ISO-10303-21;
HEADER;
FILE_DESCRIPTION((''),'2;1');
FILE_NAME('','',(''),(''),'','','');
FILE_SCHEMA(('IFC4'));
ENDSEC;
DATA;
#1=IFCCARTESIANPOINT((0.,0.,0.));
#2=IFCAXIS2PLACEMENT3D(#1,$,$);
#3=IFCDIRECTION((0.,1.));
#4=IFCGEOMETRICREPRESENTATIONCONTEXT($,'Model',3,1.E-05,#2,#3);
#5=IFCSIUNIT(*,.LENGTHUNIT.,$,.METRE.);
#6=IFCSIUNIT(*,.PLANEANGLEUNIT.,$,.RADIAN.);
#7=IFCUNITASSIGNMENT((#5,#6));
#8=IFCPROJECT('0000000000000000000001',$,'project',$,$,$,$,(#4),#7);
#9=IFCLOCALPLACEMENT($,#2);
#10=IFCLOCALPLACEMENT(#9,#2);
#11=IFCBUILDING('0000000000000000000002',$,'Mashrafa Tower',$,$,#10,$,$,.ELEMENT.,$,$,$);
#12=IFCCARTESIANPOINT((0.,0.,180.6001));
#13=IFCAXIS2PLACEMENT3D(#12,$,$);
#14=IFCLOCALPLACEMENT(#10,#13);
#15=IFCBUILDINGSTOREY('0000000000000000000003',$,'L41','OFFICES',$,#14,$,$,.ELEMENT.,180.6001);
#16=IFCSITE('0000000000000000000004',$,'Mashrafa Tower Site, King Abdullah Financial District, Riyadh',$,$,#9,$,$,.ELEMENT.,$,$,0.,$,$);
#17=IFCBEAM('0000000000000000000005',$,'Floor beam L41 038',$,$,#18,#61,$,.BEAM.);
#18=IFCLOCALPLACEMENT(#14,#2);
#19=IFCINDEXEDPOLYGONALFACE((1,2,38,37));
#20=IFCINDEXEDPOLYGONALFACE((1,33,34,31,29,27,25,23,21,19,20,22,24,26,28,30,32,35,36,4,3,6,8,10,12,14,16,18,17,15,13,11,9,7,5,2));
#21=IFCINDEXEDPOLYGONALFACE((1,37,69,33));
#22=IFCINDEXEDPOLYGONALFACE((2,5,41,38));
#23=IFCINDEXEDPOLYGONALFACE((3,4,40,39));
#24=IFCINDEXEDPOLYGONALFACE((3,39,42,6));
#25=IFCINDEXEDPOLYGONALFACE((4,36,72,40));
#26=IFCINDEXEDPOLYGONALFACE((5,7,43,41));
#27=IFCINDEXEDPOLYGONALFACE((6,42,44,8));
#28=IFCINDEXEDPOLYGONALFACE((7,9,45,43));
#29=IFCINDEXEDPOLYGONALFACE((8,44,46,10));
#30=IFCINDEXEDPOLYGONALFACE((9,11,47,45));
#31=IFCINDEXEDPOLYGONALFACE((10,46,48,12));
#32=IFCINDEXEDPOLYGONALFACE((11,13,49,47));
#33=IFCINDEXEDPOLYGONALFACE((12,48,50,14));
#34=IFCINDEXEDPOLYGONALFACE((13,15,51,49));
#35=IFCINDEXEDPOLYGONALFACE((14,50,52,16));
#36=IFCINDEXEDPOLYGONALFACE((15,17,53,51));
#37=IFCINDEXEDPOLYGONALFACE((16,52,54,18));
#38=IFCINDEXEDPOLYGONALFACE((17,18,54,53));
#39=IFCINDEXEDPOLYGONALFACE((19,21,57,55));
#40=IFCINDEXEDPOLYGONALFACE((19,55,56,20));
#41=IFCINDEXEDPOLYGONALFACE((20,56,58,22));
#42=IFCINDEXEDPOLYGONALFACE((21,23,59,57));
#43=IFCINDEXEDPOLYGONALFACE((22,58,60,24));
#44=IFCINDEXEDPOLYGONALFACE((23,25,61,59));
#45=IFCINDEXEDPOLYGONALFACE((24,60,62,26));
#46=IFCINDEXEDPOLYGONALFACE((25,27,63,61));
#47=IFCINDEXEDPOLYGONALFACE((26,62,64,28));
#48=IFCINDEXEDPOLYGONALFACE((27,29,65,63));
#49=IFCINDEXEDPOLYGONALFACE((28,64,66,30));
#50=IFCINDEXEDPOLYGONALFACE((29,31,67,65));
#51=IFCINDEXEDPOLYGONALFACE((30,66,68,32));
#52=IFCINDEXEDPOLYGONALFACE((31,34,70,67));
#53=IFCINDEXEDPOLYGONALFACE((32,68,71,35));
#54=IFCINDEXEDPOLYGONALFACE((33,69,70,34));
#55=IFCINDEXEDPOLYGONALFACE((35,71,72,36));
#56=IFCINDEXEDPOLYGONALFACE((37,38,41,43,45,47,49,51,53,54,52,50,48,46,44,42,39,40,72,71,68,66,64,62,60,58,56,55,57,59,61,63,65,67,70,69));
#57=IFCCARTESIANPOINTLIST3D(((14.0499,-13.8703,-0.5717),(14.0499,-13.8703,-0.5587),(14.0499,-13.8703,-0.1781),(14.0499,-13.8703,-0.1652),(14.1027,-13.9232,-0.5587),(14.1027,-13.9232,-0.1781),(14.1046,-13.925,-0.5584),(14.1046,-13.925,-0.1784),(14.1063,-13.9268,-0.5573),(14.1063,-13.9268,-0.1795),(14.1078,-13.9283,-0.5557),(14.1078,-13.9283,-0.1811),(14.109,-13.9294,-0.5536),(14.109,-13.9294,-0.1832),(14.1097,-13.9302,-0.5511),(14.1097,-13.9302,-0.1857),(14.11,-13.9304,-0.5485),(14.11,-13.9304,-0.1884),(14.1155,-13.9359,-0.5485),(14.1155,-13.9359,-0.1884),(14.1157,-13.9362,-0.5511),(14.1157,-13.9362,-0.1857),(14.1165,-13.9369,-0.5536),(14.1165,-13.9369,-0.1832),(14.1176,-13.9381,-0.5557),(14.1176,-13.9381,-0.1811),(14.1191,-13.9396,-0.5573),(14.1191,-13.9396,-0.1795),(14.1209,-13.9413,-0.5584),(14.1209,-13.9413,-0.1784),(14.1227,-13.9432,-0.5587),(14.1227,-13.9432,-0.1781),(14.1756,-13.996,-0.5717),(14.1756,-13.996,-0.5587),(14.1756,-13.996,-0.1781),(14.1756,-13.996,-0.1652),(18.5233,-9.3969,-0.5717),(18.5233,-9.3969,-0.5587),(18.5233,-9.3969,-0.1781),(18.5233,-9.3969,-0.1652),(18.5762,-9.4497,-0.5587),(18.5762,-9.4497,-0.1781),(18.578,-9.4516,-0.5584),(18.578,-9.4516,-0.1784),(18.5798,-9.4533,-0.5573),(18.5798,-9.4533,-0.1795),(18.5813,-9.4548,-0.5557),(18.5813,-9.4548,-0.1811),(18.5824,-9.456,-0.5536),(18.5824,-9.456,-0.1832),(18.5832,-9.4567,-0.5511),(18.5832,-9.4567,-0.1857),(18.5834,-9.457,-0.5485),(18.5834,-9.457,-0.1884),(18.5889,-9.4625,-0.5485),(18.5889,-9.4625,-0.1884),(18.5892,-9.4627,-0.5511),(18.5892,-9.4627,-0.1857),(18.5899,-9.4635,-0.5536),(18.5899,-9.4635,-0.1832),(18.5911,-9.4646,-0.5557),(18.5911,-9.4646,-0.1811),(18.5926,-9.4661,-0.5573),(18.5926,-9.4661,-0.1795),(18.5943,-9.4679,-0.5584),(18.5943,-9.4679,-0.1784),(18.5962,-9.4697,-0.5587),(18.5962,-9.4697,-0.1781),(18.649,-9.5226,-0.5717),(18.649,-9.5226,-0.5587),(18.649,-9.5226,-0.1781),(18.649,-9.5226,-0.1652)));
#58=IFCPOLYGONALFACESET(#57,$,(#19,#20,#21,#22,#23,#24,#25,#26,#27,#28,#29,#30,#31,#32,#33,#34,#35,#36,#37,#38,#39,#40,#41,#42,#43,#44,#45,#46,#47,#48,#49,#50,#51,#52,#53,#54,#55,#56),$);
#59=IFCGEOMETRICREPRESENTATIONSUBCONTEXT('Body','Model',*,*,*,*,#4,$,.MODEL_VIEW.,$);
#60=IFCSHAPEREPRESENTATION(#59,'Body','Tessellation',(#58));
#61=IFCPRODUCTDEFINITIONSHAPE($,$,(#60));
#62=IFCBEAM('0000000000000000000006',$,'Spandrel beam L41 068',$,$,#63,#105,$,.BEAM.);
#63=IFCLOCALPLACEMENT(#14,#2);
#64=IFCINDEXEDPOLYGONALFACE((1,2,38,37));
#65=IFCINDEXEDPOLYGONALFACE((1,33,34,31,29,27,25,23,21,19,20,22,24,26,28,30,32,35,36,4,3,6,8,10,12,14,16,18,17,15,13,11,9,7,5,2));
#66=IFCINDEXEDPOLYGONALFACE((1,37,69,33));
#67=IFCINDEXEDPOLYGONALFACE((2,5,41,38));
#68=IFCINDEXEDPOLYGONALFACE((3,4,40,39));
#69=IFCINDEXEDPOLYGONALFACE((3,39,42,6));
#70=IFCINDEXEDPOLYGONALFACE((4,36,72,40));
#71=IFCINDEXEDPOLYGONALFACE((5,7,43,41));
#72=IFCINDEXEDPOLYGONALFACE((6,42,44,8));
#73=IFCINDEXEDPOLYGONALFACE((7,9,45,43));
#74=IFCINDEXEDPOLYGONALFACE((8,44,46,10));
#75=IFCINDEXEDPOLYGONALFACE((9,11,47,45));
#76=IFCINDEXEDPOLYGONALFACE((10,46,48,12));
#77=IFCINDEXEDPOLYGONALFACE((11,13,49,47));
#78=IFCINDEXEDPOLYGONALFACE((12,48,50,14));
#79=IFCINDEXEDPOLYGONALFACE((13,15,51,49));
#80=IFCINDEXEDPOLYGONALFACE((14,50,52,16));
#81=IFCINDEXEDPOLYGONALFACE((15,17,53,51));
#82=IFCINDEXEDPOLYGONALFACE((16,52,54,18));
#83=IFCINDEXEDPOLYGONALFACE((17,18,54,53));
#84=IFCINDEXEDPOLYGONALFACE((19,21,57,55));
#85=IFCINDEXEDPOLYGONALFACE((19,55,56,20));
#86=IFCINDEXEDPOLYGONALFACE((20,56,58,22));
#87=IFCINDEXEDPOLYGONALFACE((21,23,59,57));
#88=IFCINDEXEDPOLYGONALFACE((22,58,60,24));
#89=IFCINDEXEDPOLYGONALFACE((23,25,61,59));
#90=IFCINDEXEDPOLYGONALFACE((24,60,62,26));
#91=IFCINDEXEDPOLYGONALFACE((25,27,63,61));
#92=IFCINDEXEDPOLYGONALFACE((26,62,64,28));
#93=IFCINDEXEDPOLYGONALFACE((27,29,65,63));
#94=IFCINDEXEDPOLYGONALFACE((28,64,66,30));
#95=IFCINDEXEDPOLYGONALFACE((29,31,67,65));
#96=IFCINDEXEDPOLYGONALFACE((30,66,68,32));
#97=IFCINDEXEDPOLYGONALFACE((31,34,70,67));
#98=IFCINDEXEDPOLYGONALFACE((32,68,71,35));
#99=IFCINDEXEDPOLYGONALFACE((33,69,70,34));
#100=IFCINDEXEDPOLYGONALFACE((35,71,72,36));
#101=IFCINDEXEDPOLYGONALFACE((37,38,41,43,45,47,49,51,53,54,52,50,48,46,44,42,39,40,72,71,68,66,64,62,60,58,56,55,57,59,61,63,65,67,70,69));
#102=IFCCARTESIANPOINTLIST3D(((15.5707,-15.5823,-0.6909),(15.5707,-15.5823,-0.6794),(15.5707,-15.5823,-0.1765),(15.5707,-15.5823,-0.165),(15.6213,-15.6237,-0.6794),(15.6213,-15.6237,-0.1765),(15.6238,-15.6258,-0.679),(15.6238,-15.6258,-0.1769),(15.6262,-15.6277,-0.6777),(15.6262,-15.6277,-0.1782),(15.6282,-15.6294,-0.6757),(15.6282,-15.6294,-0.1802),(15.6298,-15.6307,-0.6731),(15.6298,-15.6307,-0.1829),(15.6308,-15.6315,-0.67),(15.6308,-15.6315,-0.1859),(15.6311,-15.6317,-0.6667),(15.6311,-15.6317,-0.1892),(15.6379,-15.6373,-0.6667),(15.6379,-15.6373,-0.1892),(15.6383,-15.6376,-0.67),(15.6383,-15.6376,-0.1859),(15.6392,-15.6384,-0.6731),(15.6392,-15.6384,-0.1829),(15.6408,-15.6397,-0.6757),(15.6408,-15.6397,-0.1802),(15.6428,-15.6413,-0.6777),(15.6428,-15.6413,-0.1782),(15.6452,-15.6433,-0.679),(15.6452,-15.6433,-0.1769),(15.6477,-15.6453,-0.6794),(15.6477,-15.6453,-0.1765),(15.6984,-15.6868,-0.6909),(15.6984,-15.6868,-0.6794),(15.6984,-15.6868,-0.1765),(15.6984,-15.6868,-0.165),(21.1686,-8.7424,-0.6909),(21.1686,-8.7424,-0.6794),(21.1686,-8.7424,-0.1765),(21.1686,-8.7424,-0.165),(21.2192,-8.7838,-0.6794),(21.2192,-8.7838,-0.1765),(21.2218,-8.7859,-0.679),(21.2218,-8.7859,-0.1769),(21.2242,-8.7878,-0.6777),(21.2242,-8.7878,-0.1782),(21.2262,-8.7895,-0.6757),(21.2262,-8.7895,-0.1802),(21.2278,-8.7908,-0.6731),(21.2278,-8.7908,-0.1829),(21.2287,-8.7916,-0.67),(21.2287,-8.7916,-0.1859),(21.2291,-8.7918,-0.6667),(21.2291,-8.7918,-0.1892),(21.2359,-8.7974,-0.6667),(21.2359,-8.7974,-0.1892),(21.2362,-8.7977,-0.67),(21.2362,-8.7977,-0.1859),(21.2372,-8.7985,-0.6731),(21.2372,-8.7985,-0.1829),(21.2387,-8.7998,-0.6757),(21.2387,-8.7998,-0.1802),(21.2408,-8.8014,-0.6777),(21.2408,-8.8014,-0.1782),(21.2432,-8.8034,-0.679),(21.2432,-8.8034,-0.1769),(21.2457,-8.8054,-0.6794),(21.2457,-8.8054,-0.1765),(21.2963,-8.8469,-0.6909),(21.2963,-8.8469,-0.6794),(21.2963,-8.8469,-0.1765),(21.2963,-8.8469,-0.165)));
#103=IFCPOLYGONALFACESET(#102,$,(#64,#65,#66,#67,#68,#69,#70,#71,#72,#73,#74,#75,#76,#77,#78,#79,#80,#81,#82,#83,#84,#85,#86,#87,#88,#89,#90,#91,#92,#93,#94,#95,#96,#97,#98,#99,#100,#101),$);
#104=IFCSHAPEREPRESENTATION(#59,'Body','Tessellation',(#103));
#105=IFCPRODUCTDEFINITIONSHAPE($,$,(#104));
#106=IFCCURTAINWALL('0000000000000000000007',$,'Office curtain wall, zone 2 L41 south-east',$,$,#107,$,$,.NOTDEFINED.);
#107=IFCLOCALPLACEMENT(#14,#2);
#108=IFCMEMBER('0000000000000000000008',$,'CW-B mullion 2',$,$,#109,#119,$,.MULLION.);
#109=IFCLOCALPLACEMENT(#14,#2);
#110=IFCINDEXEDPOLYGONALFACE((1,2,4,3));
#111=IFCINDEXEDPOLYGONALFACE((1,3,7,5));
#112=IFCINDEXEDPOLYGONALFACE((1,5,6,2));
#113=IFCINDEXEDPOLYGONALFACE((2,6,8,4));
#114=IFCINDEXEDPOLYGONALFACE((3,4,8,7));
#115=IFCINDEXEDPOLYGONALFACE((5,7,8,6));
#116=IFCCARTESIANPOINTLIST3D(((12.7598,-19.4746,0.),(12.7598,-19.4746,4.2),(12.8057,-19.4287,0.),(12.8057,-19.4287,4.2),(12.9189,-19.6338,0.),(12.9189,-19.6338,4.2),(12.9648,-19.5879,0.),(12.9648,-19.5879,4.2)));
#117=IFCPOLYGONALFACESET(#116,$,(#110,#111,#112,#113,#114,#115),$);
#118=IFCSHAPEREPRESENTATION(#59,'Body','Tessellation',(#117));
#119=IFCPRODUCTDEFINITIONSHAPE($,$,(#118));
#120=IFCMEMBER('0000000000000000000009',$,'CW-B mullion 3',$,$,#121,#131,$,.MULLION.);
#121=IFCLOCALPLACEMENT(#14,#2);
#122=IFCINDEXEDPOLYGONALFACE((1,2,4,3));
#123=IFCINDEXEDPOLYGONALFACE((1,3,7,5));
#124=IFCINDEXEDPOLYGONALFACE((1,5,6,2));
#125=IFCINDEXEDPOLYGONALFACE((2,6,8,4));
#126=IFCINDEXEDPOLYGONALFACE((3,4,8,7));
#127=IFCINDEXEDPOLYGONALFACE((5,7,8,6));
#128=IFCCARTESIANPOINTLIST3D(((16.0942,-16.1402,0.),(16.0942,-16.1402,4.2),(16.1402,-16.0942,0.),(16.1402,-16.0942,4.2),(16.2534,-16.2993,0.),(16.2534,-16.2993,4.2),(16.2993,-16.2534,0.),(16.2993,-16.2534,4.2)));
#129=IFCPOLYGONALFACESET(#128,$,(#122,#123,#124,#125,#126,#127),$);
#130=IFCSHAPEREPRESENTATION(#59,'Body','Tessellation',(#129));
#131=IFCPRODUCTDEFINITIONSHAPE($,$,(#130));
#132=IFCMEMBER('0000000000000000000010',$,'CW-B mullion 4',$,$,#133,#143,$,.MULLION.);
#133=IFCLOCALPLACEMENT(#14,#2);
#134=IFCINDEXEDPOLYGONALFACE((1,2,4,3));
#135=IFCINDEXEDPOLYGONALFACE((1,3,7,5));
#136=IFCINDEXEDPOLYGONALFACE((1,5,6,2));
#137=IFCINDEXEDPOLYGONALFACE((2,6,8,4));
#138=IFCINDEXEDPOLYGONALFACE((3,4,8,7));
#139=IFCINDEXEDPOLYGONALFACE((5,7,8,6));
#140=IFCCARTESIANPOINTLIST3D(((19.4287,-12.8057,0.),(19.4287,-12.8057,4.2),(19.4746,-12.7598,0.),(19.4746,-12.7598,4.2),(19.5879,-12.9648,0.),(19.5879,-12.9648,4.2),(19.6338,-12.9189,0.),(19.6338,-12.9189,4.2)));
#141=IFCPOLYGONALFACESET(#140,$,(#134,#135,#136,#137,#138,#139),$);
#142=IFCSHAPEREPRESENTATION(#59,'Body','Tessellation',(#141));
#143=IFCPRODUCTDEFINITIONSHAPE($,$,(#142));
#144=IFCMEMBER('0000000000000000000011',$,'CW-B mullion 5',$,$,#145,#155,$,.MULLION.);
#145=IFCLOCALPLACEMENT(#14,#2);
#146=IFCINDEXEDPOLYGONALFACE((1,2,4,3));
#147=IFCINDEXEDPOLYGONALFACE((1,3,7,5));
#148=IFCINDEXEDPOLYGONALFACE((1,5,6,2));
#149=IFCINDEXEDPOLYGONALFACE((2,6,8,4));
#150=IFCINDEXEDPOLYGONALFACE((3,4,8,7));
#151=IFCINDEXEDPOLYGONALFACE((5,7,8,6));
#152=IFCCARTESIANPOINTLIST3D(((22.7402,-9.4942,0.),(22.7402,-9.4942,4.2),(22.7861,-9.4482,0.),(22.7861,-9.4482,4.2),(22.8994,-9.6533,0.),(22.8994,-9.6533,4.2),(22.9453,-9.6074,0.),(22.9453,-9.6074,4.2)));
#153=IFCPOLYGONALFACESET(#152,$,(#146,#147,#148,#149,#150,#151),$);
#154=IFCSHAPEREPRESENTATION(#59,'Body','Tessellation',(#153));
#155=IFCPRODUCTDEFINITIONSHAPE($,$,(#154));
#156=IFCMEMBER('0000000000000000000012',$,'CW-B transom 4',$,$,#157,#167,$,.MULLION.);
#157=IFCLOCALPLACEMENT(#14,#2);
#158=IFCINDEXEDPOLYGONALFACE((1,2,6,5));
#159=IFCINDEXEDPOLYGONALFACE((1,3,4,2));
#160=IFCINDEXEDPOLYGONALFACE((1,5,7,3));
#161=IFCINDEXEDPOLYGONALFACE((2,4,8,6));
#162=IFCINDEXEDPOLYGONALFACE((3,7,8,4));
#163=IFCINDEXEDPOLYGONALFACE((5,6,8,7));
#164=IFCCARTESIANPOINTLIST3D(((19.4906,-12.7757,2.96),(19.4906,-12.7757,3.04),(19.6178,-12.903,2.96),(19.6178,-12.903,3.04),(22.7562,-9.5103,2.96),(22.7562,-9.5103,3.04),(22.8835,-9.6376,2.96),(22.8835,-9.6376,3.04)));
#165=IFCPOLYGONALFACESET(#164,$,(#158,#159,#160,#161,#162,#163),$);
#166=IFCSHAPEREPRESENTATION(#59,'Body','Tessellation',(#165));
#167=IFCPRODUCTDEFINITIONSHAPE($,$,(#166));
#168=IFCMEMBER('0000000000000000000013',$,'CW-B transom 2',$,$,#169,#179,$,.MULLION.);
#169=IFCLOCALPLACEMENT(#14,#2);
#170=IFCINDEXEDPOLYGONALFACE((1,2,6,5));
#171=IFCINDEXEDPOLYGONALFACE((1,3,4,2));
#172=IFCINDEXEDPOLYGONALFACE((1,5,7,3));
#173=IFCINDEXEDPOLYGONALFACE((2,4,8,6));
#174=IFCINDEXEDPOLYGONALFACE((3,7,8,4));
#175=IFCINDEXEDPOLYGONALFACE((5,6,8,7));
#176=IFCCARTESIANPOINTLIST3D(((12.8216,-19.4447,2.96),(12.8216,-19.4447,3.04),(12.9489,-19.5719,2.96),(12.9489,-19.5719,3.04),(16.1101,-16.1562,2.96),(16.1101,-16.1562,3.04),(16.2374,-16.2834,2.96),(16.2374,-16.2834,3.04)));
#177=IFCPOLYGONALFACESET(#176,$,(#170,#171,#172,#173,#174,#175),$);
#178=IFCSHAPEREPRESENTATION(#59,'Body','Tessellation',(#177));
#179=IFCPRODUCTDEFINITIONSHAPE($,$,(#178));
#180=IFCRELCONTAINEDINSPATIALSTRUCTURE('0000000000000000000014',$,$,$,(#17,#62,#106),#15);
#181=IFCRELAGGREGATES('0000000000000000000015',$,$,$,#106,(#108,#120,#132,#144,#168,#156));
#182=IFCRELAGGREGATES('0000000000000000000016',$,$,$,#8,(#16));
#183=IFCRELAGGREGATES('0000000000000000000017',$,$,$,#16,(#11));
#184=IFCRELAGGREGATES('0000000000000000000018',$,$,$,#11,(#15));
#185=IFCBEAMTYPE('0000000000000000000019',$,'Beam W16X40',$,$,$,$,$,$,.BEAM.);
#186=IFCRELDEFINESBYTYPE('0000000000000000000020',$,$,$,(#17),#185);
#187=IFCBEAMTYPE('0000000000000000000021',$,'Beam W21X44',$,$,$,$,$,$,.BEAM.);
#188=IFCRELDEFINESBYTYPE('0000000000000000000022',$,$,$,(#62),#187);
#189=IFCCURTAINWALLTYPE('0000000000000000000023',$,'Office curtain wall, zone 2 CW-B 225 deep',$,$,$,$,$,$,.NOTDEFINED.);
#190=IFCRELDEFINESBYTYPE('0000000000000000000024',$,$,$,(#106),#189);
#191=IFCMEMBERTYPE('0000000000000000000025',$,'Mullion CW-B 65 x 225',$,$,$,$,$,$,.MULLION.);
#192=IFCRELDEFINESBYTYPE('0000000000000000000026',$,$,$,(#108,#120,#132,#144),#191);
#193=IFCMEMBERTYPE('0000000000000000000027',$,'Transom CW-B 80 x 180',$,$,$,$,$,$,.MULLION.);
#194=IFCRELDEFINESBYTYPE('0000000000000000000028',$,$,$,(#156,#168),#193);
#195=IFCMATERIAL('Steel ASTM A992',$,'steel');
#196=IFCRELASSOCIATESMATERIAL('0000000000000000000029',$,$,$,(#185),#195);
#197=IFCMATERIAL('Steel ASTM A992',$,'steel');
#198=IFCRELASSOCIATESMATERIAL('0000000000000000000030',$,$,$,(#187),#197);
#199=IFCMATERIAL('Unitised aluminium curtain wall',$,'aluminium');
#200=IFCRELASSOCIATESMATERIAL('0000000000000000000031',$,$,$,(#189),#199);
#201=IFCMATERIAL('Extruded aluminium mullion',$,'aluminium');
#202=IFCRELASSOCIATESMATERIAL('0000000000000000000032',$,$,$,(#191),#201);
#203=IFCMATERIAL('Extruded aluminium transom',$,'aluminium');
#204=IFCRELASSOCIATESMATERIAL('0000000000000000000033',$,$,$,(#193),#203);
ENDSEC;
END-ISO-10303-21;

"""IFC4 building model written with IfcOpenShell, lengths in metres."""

from ifc_helpers import new_model, si_unit, direction, frame, origin, origin_2d, place, context, subcontext, project, spatial, rectangle, i_section, extrude, source, transform, mapped, material, material_profile, profile_set, type_object, type_shapes, element, aggregate, save


model = new_model("IFC4")

# Units and contexts
model_context = context("Model", 3, precision=1e-05, world=origin(), true_north=direction((0.0, 1.0)))
body_context = subcontext(model_context, "Body", "Model", "MODEL_VIEW")
ifc_project = project(units=[si_unit("LENGTHUNIT", "METRE"), si_unit("PLANEANGLEUNIT", "RADIAN")], contexts=[model_context])

# Site, building, storey
site_placement = place(None, origin())
site = spatial("IfcSite", under=ifc_project, at=site_placement, Name="Mashrafa Tower Site, King Abdullah Financial District, Riyadh", CompositionType="ELEMENT", RefElevation=0.0)
building_placement = place(site_placement, origin())
building = spatial("IfcBuilding", under=site, at=building_placement, Name="Mashrafa Tower", CompositionType="ELEMENT")
storey_placement = place(building_placement, frame((0.0, 0.0, 180.6001)))
storey = spatial("IfcBuildingStorey", under=building, at=storey_placement, Name="L41", Description="OFFICES", CompositionType="ELEMENT", Elevation=180.6001)

# Beams
ifc_material_1 = material(Name="Steel ASTM A992", Category="steel")
ifc_material_profile_1 = material_profile(ifc_material_1, i_section(OverallWidth=0.1777, OverallDepth=0.4065, WebThickness=0.0078, FlangeThickness=0.0129, FilletRadius=0.0103, at=origin_2d()), Name="W16X40")
ifc_profile_set_1 = profile_set([ifc_material_profile_1], Name="Steel ASTM A992")
beam_type_1 = type_object("IfcBeamType", Name="Beam W16X40", PredefinedType="BEAM", material=ifc_profile_set_1)
for number, where, z_axis, x_axis, name in (
    (1, (18.5862, -9.4597, -0.3684), (-0.707107, -0.707107, 0.0), (0.707107, -0.707107, 0.0), "Floor beam L41 038"),
):
    element("IfcBeam", number, at=place(storey_placement, frame(where, z_axis=z_axis, x_axis=x_axis)), inside=storey, type_object=beam_type_1, Name=name, PredefinedType="BEAM", context=body_context, shape_type="SweptSolid", body=[
        extrude(i_section(OverallWidth=0.1777, OverallDepth=0.4065, WebThickness=0.0078, FlangeThickness=0.0129, FilletRadius=0.0103, at=origin_2d()), origin(), (0.0, 0.0, 1.0), 6.3264),
    ])
ifc_material_2 = material(Name="Steel ASTM A992", Category="steel")
ifc_material_profile_2 = material_profile(ifc_material_2, i_section(OverallWidth=0.165, OverallDepth=0.5259, WebThickness=0.0088, FlangeThickness=0.0115, FilletRadius=0.0127, at=origin_2d()), Name="W21X44")
ifc_profile_set_2 = profile_set([ifc_material_profile_2], Name="Steel ASTM A992")
beam_type_2 = type_object("IfcBeamType", Name="Beam W21X44", PredefinedType="BEAM", material=ifc_profile_set_2)
beam_placement = place(storey_placement, frame((15.6345, -15.6345, -0.428), z_axis=(0.633351, 0.773865, 0.0), x_axis=(-0.773865, 0.633351, 0.0)))
element("IfcBeam", 2, at=beam_placement, inside=storey, type_object=beam_type_2, Name="Spandrel beam L41 068", PredefinedType="BEAM", context=body_context, shape_type="SweptSolid", body=[
    extrude(i_section(OverallWidth=0.165, OverallDepth=0.5259, WebThickness=0.0088, FlangeThickness=0.0115, FilletRadius=0.0127, at=origin_2d()), origin(), (0.0, 0.0, 1.0), 8.8386),
])

# Curtain wall, members
ifc_material_3 = material(Name="Unitised aluminium curtain wall", Category="aluminium")
curtain_wall_type = type_object("IfcCurtainWallType", Name="Office curtain wall, zone 2 CW-B 225 deep", PredefinedType="NOTDEFINED", material=ifc_material_3)
curtain_wall_placement = place(storey_placement, origin())
curtain_wall = element("IfcCurtainWall", 3, at=curtain_wall_placement, inside=storey, type_object=curtain_wall_type, Name="Office curtain wall, zone 2 L41 south-east", PredefinedType="NOTDEFINED")
ifc_material_4 = material(Name="Extruded aluminium mullion", Category="aluminium")
ifc_material_profile_3 = material_profile(ifc_material_4, rectangle(XDim=0.2251, YDim=0.0649, at=origin_2d()), Name="Mullion 65x225")
ifc_profile_set_3 = profile_set([ifc_material_profile_3], Name="Extruded aluminium mullion")
member_type_1 = type_object("IfcMemberType", Name="Mullion CW-B 65 x 225", PredefinedType="MULLION", material=ifc_profile_set_3)
shared_shape_1 = source(origin(), body_context, "Body", "SweptSolid", [
    extrude(rectangle(XDim=0.2251, YDim=0.0649, at=origin_2d()), origin(), (0.0, 0.0, 1.0), 4.2),
])
type_shapes(member_type_1, [shared_shape_1])
member_1_placement = place(storey_placement, frame((12.8623, -19.5312, 0.0), z_axis=(0.0, 0.0, 1.0), x_axis=(-0.707107, 0.707107, 0.0)))
member_1 = element("IfcMember", 4, at=member_1_placement, type_object=member_type_1, Name="CW-B mullion 2", PredefinedType="MULLION", context=body_context, shape_type="MappedRepresentation", body=[
    mapped(shared_shape_1, transform((0.0, 0.0, 0.0))),
])
member_2_placement = place(storey_placement, frame((16.1968, -16.1968, 0.0), z_axis=(0.0, 0.0, 1.0), x_axis=(-0.707107, 0.707107, 0.0)))
member_2 = element("IfcMember", 5, at=member_2_placement, type_object=member_type_1, Name="CW-B mullion 3", PredefinedType="MULLION", context=body_context, shape_type="MappedRepresentation", body=[
    mapped(shared_shape_1, transform((0.0, 0.0, 0.0))),
])
member_3_placement = place(storey_placement, frame((19.5312, -12.8623, 0.0), z_axis=(0.0, 0.0, 1.0), x_axis=(-0.707107, 0.707107, 0.0)))
member_3 = element("IfcMember", 6, at=member_3_placement, type_object=member_type_1, Name="CW-B mullion 4", PredefinedType="MULLION", context=body_context, shape_type="MappedRepresentation", body=[
    mapped(shared_shape_1, transform((0.0, 0.0, 0.0))),
])
member_4_placement = place(storey_placement, frame((22.8428, -9.5508, 0.0), z_axis=(0.0, 0.0, 1.0), x_axis=(-0.707107, 0.707107, 0.0)))
member_4 = element("IfcMember", 7, at=member_4_placement, type_object=member_type_1, Name="CW-B mullion 5", PredefinedType="MULLION", context=body_context, shape_type="MappedRepresentation", body=[
    mapped(shared_shape_1, transform((0.0, 0.0, 0.0))),
])
ifc_material_5 = material(Name="Extruded aluminium transom", Category="aluminium")
ifc_material_profile_4 = material_profile(ifc_material_5, rectangle(XDim=0.1799, YDim=0.0801, at=origin_2d()), Name="Transom 80x180")
ifc_profile_set_4 = profile_set([ifc_material_profile_4], Name="Extruded aluminium transom")
member_type_2 = type_object("IfcMemberType", Name="Transom CW-B 80 x 180", PredefinedType="MULLION", material=ifc_profile_set_4)
shared_shape_2 = source(origin(), body_context, "Body", "SweptSolid", [
    extrude(rectangle(XDim=0.1799, YDim=0.0801, at=origin_2d()), origin(), (0.0, 0.0, 1.0), 4.6182),
])
member_5_placement = place(storey_placement, frame((19.5542, -12.8394, 3.0), z_axis=(0.707133, 0.70708, 0.0), x_axis=(-0.70708, 0.707133, 0.0)))
member_5 = element("IfcMember", 8, at=member_5_placement, type_object=member_type_2, Name="CW-B transom 4", PredefinedType="MULLION", context=body_context, shape_type="MappedRepresentation", body=[
    mapped(shared_shape_2, transform((0.0, 0.0, 0.0))),
])
shared_shape_3 = source(origin(), body_context, "Body", "SweptSolid", [
    extrude(rectangle(XDim=0.1799, YDim=0.0801, at=origin_2d()), origin(), (0.0, 0.0, 1.0), 4.6506),
])
type_shapes(member_type_2, [shared_shape_2, shared_shape_3])
member_6_placement = place(storey_placement, frame((12.8853, -19.5083, 3.0), z_axis=(0.707107, 0.707107, 0.0), x_axis=(-0.707107, 0.707107, 0.0)))
member_6 = element("IfcMember", 9, at=member_6_placement, type_object=member_type_2, Name="CW-B transom 2", PredefinedType="MULLION", context=body_context, shape_type="MappedRepresentation", body=[
    mapped(shared_shape_3, transform((0.0, 0.0, 0.0))),
])
aggregate(curtain_wall, [member_1, member_2, member_3, member_4, member_6, member_5])

save(model, "model.ifc")
